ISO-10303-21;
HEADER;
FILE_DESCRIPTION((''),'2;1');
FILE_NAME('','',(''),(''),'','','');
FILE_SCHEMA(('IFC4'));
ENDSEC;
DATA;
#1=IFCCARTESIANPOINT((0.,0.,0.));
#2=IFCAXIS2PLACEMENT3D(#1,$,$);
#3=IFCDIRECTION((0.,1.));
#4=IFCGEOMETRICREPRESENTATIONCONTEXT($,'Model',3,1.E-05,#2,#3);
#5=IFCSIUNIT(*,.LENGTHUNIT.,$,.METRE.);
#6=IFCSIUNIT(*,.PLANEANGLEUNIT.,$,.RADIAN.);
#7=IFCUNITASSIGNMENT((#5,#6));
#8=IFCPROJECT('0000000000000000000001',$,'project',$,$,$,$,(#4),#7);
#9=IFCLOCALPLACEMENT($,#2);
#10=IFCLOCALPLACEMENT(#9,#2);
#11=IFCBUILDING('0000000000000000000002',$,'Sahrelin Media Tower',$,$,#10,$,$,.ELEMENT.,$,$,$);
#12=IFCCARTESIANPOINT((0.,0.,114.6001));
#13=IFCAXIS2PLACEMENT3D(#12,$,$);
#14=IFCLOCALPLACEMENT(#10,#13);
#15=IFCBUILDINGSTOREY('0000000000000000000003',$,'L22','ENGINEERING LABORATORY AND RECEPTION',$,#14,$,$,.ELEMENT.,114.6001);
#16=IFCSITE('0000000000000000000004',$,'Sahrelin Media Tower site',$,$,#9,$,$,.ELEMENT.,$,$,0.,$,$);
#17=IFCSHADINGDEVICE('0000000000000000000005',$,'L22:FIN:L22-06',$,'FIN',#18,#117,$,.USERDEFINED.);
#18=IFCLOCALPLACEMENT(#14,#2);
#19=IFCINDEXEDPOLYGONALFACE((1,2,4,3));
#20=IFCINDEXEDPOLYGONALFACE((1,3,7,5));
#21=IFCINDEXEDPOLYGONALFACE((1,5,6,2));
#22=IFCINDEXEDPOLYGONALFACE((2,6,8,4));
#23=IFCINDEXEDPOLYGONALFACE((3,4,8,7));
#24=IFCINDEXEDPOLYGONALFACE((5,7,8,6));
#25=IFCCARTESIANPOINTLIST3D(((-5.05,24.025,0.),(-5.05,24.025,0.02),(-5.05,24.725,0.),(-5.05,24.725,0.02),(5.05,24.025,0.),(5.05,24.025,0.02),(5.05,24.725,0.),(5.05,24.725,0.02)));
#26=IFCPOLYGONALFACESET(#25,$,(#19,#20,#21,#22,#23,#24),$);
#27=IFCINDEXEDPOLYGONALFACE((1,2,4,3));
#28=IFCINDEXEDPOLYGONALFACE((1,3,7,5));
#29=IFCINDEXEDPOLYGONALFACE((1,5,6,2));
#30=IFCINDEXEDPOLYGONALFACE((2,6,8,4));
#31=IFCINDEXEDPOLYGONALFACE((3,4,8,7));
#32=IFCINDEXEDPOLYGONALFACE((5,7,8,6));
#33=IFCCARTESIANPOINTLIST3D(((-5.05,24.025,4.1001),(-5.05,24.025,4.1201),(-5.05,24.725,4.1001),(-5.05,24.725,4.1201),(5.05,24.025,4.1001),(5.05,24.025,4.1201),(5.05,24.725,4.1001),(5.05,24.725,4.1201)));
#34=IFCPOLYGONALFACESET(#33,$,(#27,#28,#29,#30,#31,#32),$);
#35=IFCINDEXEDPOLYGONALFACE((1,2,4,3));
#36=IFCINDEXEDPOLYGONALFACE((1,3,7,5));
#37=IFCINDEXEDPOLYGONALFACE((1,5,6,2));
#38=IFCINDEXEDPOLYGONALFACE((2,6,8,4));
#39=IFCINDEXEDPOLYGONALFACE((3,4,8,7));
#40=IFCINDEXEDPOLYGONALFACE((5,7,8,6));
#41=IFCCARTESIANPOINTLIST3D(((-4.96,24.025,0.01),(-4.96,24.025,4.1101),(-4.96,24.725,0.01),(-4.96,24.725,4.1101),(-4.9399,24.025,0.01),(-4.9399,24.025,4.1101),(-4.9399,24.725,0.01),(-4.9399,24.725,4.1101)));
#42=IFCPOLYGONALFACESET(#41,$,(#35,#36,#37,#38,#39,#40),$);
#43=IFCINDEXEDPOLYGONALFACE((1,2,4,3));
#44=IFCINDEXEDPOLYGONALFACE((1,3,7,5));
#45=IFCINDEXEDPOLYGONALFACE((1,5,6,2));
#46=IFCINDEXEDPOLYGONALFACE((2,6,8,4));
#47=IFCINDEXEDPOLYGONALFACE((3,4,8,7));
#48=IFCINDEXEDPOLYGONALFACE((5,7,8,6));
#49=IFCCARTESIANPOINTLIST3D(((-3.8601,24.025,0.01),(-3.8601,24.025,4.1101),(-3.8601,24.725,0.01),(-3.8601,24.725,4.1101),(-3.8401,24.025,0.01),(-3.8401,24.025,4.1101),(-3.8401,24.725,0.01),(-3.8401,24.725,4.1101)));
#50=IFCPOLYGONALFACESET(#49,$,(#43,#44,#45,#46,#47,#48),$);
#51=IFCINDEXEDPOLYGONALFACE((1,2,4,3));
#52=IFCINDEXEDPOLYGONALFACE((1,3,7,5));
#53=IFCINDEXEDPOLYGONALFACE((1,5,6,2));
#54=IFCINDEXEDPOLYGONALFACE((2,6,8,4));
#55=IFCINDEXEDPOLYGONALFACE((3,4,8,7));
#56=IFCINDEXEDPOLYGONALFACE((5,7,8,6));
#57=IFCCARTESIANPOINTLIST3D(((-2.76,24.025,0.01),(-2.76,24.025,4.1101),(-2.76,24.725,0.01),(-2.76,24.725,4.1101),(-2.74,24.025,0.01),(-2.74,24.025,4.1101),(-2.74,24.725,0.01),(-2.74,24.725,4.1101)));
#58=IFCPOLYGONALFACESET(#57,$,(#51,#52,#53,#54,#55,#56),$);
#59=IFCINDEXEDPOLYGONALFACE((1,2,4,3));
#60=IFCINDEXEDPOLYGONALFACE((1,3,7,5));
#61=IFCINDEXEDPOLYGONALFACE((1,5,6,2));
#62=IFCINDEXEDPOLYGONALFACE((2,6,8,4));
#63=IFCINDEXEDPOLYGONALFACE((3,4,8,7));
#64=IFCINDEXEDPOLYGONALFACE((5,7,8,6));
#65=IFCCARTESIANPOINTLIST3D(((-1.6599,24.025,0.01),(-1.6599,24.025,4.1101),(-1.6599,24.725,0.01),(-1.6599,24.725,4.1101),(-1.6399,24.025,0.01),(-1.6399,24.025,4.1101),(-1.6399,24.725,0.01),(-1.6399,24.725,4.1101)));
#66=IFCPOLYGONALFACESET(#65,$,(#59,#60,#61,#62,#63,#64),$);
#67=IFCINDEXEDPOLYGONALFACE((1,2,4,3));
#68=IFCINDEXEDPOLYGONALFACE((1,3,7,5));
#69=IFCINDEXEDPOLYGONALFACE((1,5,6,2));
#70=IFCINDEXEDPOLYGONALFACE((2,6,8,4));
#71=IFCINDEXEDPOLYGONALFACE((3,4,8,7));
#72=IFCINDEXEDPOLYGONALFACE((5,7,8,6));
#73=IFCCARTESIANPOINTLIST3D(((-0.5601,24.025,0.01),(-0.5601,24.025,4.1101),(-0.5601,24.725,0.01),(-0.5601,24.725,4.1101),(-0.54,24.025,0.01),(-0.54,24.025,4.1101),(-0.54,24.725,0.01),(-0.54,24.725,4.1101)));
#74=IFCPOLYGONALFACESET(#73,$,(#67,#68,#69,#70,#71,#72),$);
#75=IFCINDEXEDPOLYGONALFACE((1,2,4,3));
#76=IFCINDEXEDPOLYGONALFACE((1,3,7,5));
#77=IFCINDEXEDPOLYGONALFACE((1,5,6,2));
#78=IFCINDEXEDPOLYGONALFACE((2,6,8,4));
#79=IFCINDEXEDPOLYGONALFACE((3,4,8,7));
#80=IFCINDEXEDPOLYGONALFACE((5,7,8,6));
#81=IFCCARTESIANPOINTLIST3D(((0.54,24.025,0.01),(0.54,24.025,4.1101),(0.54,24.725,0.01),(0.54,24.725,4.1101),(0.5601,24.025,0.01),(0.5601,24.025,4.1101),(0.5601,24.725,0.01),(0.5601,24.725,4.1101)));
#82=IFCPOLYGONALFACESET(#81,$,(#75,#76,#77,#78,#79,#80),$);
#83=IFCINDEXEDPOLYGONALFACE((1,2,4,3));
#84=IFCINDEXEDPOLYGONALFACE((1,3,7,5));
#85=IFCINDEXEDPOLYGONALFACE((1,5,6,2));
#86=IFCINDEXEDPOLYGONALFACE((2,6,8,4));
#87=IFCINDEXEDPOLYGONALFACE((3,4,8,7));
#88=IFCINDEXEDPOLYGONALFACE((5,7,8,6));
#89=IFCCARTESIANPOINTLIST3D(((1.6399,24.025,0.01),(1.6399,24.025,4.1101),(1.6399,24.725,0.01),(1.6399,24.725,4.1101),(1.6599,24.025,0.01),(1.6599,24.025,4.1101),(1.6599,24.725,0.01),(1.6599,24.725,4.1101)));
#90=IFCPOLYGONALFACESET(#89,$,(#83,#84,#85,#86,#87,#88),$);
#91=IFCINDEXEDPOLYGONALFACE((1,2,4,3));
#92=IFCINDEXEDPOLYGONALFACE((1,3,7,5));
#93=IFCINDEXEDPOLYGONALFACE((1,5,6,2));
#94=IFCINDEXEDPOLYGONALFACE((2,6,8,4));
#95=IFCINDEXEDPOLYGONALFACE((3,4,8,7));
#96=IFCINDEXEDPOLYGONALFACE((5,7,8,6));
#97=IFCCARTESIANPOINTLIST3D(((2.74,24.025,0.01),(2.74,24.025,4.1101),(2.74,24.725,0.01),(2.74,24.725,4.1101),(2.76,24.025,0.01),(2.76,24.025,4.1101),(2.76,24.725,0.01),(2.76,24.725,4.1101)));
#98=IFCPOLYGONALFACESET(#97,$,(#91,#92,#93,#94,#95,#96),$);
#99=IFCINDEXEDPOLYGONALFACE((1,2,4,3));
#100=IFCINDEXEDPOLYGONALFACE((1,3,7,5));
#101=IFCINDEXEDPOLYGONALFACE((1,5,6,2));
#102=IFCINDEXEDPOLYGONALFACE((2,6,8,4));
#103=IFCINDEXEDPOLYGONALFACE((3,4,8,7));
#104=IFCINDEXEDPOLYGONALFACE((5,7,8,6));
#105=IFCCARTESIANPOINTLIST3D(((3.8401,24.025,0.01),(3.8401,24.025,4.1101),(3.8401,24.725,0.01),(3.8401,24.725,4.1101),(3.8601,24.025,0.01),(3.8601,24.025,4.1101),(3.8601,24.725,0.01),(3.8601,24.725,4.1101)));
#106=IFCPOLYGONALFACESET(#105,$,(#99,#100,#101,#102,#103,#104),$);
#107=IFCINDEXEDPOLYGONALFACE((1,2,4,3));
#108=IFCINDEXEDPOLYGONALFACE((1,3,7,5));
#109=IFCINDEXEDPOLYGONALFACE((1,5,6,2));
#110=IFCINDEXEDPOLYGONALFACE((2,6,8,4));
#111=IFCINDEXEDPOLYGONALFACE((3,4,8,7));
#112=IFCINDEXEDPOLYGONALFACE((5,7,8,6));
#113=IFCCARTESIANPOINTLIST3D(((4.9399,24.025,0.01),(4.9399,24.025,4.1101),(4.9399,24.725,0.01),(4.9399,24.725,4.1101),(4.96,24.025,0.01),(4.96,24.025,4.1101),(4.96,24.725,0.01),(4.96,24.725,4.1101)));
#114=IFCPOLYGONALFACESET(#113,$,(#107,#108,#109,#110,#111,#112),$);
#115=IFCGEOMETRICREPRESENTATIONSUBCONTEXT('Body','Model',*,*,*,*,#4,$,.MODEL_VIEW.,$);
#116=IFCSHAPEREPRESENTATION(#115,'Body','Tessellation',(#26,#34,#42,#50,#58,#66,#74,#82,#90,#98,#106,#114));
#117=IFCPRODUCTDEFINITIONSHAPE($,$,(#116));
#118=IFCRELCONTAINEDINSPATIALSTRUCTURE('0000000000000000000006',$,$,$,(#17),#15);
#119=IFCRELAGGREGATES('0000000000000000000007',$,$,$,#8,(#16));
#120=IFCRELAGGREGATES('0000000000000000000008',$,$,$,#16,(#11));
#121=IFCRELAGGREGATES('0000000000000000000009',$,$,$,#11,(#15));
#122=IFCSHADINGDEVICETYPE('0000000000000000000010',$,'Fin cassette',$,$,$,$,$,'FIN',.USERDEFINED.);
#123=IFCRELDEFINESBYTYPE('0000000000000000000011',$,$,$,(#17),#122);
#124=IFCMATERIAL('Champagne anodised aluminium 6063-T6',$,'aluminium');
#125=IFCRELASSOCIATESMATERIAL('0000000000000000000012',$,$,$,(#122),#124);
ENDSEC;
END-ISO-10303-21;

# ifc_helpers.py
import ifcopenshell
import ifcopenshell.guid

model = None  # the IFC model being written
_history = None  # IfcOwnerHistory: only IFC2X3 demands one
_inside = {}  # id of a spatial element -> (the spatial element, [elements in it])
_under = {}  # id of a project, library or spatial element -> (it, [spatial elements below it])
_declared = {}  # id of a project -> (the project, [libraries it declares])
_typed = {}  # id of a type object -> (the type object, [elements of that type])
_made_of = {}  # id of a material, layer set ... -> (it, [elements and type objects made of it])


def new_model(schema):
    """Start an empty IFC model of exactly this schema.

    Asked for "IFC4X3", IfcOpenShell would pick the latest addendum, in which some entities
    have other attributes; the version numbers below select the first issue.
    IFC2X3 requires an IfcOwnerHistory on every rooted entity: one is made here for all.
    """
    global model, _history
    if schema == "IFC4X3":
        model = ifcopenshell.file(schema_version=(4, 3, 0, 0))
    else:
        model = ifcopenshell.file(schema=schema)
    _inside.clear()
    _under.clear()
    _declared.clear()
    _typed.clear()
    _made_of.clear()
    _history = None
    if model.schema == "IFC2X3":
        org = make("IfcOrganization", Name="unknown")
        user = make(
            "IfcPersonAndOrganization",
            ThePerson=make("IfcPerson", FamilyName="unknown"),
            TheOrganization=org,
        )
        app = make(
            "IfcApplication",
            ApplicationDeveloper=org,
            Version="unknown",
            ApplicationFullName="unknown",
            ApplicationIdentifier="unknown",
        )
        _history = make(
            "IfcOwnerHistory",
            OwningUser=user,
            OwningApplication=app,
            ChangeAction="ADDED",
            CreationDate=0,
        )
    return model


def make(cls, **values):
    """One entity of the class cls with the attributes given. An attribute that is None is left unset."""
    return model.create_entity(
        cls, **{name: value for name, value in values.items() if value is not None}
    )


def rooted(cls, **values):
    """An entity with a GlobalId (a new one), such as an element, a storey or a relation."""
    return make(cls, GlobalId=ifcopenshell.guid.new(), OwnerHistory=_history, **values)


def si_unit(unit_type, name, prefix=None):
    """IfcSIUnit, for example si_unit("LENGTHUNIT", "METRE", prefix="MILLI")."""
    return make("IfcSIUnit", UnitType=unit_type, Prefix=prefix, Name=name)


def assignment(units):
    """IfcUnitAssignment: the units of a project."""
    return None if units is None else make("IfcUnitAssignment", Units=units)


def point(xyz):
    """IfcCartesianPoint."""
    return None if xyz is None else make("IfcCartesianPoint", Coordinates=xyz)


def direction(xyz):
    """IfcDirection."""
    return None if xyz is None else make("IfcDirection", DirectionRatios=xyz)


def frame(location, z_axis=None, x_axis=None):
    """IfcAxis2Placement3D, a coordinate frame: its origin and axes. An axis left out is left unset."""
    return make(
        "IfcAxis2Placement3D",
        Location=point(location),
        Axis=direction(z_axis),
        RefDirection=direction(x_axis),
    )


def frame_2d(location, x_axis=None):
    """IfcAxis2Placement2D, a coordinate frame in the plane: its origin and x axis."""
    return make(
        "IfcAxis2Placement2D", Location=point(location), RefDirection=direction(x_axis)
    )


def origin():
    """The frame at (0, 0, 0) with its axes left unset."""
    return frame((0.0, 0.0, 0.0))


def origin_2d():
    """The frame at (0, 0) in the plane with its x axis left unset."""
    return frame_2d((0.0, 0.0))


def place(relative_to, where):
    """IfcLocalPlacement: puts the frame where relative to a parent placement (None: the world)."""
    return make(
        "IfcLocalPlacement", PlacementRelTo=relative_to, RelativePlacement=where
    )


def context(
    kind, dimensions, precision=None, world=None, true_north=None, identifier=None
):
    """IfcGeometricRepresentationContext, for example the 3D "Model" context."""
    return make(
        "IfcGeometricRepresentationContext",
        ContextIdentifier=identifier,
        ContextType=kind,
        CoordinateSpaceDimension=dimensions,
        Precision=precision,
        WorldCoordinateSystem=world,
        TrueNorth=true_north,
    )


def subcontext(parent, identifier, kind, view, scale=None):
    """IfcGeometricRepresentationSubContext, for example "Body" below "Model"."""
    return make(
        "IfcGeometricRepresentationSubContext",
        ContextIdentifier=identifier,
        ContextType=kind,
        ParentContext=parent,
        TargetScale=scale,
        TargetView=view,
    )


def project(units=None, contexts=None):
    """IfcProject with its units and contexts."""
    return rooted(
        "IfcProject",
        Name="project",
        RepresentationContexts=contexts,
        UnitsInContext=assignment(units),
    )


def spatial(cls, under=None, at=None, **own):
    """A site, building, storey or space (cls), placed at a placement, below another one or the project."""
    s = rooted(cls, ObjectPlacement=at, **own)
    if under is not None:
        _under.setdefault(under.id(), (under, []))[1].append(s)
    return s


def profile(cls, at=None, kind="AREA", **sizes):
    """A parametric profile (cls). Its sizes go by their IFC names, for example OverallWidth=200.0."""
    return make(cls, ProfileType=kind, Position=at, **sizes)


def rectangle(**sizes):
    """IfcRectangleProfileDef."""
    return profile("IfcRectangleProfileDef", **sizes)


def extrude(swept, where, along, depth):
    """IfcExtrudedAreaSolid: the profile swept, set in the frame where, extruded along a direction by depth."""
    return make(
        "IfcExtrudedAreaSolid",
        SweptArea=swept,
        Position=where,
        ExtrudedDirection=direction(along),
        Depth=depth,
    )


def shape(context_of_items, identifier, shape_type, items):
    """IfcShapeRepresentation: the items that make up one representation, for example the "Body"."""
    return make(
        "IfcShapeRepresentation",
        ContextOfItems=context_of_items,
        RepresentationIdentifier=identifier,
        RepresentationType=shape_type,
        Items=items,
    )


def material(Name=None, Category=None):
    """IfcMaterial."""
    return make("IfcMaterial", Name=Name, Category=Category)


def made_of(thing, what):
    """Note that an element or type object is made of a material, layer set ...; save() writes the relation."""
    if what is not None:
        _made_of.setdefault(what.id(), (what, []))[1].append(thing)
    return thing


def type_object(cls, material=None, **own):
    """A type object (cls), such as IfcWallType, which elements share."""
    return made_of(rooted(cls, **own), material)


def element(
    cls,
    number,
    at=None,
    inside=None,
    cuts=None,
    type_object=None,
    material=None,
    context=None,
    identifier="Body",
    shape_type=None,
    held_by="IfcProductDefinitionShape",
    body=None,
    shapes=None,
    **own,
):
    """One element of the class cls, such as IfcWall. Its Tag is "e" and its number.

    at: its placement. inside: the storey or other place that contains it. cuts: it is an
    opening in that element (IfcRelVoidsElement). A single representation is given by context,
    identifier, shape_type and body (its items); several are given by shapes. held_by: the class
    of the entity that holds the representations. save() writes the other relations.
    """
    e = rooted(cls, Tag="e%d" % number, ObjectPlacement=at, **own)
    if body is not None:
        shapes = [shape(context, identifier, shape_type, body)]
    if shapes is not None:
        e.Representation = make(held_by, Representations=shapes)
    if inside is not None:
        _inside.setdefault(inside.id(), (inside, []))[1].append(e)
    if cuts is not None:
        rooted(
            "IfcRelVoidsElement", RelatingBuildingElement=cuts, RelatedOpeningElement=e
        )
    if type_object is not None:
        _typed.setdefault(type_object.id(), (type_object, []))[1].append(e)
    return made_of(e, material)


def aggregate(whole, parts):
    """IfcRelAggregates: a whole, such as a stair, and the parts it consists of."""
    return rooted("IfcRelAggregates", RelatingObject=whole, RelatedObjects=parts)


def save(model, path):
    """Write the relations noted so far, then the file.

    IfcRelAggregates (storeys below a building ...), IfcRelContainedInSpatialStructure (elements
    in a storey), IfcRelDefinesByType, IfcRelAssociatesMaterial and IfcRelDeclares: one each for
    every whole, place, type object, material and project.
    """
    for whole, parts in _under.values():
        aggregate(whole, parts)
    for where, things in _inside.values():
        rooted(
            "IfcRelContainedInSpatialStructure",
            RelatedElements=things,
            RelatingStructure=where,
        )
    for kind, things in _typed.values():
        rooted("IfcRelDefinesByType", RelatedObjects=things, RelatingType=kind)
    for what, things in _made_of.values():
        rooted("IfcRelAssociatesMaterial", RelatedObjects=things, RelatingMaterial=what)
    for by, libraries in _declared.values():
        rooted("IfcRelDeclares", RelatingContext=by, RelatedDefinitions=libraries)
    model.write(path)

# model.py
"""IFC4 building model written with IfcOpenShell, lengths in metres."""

from ifc_helpers import new_model, si_unit, direction, frame, origin, origin_2d, place, context, subcontext, project, spatial, rectangle, extrude, material, type_object, element, save


model = new_model("IFC4")

# Units and contexts
model_context = context("Model", 3, precision=1e-05, world=origin(), true_north=direction((0.0, 1.0)))
body_context = subcontext(model_context, "Body", "Model", "MODEL_VIEW")
ifc_project = project(units=[si_unit("LENGTHUNIT", "METRE"), si_unit("PLANEANGLEUNIT", "RADIAN")], contexts=[model_context])

# Site, building, storey
site_placement = place(None, origin())
site = spatial("IfcSite", under=ifc_project, at=site_placement, Name="Sahrelin Media Tower site", CompositionType="ELEMENT", RefElevation=0.0)
building_placement = place(site_placement, origin())
building = spatial("IfcBuilding", under=site, at=building_placement, Name="Sahrelin Media Tower", CompositionType="ELEMENT")
storey_placement = place(building_placement, frame((0.0, 0.0, 114.6001)))
storey = spatial("IfcBuildingStorey", under=building, at=storey_placement, Name="L22", Description="ENGINEERING LABORATORY AND RECEPTION", CompositionType="ELEMENT", Elevation=114.6001)

# Shared definitions
ifc_material_1 = material(Name="Champagne anodised aluminium 6063-T6", Category="aluminium")
placement_1 = place(storey_placement, frame((0.0, 23.9551, 0.0), z_axis=(0.0, 0.0, 1.0), x_axis=(1.0, 0.0, 0.0)))

# Shading device
shading_device_type_1 = type_object("IfcShadingDeviceType", Name="Fin cassette", ElementType="FIN", PredefinedType="USERDEFINED", material=ifc_material_1)
element("IfcShadingDevice", 1, at=placement_1, inside=storey, type_object=shading_device_type_1, Name="L22:FIN:L22-06", ObjectType="FIN", PredefinedType="USERDEFINED", context=body_context, shape_type="SweptSolid", body=[
    extrude(rectangle(XDim=10.1001, YDim=0.7, at=origin_2d()), frame((0.0, 0.4199, 0.0)), (0.0, 0.0, 1.0), 0.02),
    extrude(rectangle(XDim=10.1001, YDim=0.7, at=origin_2d()), frame((0.0, 0.4199, 4.1001)), (0.0, 0.0, 1.0), 0.02),
    extrude(rectangle(XDim=0.02, YDim=0.7, at=origin_2d()), frame((-4.95, 0.4199, 0.01), z_axis=(0.0, 0.0, 1.0), x_axis=(1.0, 0.0, 0.0)), (0.0, 0.0, 1.0), 4.1001),
    extrude(rectangle(XDim=0.02, YDim=0.7, at=origin_2d()), frame((-3.8501, 0.4199, 0.01), z_axis=(0.0, 0.0, 1.0), x_axis=(1.0, 0.0, 0.0)), (0.0, 0.0, 1.0), 4.1001),
    extrude(rectangle(XDim=0.02, YDim=0.7, at=origin_2d()), frame((-2.75, 0.4199, 0.01), z_axis=(0.0, 0.0, 1.0), x_axis=(1.0, 0.0, 0.0)), (0.0, 0.0, 1.0), 4.1001),
    extrude(rectangle(XDim=0.02, YDim=0.7, at=origin_2d()), frame((-1.6499, 0.4199, 0.01), z_axis=(0.0, 0.0, 1.0), x_axis=(1.0, 0.0, 0.0)), (0.0, 0.0, 1.0), 4.1001),
    extrude(rectangle(XDim=0.02, YDim=0.7, at=origin_2d()), frame((-0.55, 0.4199, 0.01), z_axis=(0.0, 0.0, 1.0), x_axis=(1.0, 0.0, 0.0)), (0.0, 0.0, 1.0), 4.1001),
    extrude(rectangle(XDim=0.02, YDim=0.7, at=origin_2d()), frame((0.55, 0.4199, 0.01), z_axis=(0.0, 0.0, 1.0), x_axis=(1.0, 0.0, 0.0)), (0.0, 0.0, 1.0), 4.1001),
    extrude(rectangle(XDim=0.02, YDim=0.7, at=origin_2d()), frame((1.6499, 0.4199, 0.01), z_axis=(0.0, 0.0, 1.0), x_axis=(1.0, 0.0, 0.0)), (0.0, 0.0, 1.0), 4.1001),
    extrude(rectangle(XDim=0.02, YDim=0.7, at=origin_2d()), frame((2.75, 0.4199, 0.01), z_axis=(0.0, 0.0, 1.0), x_axis=(1.0, 0.0, 0.0)), (0.0, 0.0, 1.0), 4.1001),
    extrude(rectangle(XDim=0.02, YDim=0.7, at=origin_2d()), frame((3.8501, 0.4199, 0.01), z_axis=(0.0, 0.0, 1.0), x_axis=(1.0, 0.0, 0.0)), (0.0, 0.0, 1.0), 4.1001),
    extrude(rectangle(XDim=0.02, YDim=0.7, at=origin_2d()), frame((4.95, 0.4199, 0.01), z_axis=(0.0, 0.0, 1.0), x_axis=(1.0, 0.0, 0.0)), (0.0, 0.0, 1.0), 4.1001),
])

save(model, "model.ifc")
